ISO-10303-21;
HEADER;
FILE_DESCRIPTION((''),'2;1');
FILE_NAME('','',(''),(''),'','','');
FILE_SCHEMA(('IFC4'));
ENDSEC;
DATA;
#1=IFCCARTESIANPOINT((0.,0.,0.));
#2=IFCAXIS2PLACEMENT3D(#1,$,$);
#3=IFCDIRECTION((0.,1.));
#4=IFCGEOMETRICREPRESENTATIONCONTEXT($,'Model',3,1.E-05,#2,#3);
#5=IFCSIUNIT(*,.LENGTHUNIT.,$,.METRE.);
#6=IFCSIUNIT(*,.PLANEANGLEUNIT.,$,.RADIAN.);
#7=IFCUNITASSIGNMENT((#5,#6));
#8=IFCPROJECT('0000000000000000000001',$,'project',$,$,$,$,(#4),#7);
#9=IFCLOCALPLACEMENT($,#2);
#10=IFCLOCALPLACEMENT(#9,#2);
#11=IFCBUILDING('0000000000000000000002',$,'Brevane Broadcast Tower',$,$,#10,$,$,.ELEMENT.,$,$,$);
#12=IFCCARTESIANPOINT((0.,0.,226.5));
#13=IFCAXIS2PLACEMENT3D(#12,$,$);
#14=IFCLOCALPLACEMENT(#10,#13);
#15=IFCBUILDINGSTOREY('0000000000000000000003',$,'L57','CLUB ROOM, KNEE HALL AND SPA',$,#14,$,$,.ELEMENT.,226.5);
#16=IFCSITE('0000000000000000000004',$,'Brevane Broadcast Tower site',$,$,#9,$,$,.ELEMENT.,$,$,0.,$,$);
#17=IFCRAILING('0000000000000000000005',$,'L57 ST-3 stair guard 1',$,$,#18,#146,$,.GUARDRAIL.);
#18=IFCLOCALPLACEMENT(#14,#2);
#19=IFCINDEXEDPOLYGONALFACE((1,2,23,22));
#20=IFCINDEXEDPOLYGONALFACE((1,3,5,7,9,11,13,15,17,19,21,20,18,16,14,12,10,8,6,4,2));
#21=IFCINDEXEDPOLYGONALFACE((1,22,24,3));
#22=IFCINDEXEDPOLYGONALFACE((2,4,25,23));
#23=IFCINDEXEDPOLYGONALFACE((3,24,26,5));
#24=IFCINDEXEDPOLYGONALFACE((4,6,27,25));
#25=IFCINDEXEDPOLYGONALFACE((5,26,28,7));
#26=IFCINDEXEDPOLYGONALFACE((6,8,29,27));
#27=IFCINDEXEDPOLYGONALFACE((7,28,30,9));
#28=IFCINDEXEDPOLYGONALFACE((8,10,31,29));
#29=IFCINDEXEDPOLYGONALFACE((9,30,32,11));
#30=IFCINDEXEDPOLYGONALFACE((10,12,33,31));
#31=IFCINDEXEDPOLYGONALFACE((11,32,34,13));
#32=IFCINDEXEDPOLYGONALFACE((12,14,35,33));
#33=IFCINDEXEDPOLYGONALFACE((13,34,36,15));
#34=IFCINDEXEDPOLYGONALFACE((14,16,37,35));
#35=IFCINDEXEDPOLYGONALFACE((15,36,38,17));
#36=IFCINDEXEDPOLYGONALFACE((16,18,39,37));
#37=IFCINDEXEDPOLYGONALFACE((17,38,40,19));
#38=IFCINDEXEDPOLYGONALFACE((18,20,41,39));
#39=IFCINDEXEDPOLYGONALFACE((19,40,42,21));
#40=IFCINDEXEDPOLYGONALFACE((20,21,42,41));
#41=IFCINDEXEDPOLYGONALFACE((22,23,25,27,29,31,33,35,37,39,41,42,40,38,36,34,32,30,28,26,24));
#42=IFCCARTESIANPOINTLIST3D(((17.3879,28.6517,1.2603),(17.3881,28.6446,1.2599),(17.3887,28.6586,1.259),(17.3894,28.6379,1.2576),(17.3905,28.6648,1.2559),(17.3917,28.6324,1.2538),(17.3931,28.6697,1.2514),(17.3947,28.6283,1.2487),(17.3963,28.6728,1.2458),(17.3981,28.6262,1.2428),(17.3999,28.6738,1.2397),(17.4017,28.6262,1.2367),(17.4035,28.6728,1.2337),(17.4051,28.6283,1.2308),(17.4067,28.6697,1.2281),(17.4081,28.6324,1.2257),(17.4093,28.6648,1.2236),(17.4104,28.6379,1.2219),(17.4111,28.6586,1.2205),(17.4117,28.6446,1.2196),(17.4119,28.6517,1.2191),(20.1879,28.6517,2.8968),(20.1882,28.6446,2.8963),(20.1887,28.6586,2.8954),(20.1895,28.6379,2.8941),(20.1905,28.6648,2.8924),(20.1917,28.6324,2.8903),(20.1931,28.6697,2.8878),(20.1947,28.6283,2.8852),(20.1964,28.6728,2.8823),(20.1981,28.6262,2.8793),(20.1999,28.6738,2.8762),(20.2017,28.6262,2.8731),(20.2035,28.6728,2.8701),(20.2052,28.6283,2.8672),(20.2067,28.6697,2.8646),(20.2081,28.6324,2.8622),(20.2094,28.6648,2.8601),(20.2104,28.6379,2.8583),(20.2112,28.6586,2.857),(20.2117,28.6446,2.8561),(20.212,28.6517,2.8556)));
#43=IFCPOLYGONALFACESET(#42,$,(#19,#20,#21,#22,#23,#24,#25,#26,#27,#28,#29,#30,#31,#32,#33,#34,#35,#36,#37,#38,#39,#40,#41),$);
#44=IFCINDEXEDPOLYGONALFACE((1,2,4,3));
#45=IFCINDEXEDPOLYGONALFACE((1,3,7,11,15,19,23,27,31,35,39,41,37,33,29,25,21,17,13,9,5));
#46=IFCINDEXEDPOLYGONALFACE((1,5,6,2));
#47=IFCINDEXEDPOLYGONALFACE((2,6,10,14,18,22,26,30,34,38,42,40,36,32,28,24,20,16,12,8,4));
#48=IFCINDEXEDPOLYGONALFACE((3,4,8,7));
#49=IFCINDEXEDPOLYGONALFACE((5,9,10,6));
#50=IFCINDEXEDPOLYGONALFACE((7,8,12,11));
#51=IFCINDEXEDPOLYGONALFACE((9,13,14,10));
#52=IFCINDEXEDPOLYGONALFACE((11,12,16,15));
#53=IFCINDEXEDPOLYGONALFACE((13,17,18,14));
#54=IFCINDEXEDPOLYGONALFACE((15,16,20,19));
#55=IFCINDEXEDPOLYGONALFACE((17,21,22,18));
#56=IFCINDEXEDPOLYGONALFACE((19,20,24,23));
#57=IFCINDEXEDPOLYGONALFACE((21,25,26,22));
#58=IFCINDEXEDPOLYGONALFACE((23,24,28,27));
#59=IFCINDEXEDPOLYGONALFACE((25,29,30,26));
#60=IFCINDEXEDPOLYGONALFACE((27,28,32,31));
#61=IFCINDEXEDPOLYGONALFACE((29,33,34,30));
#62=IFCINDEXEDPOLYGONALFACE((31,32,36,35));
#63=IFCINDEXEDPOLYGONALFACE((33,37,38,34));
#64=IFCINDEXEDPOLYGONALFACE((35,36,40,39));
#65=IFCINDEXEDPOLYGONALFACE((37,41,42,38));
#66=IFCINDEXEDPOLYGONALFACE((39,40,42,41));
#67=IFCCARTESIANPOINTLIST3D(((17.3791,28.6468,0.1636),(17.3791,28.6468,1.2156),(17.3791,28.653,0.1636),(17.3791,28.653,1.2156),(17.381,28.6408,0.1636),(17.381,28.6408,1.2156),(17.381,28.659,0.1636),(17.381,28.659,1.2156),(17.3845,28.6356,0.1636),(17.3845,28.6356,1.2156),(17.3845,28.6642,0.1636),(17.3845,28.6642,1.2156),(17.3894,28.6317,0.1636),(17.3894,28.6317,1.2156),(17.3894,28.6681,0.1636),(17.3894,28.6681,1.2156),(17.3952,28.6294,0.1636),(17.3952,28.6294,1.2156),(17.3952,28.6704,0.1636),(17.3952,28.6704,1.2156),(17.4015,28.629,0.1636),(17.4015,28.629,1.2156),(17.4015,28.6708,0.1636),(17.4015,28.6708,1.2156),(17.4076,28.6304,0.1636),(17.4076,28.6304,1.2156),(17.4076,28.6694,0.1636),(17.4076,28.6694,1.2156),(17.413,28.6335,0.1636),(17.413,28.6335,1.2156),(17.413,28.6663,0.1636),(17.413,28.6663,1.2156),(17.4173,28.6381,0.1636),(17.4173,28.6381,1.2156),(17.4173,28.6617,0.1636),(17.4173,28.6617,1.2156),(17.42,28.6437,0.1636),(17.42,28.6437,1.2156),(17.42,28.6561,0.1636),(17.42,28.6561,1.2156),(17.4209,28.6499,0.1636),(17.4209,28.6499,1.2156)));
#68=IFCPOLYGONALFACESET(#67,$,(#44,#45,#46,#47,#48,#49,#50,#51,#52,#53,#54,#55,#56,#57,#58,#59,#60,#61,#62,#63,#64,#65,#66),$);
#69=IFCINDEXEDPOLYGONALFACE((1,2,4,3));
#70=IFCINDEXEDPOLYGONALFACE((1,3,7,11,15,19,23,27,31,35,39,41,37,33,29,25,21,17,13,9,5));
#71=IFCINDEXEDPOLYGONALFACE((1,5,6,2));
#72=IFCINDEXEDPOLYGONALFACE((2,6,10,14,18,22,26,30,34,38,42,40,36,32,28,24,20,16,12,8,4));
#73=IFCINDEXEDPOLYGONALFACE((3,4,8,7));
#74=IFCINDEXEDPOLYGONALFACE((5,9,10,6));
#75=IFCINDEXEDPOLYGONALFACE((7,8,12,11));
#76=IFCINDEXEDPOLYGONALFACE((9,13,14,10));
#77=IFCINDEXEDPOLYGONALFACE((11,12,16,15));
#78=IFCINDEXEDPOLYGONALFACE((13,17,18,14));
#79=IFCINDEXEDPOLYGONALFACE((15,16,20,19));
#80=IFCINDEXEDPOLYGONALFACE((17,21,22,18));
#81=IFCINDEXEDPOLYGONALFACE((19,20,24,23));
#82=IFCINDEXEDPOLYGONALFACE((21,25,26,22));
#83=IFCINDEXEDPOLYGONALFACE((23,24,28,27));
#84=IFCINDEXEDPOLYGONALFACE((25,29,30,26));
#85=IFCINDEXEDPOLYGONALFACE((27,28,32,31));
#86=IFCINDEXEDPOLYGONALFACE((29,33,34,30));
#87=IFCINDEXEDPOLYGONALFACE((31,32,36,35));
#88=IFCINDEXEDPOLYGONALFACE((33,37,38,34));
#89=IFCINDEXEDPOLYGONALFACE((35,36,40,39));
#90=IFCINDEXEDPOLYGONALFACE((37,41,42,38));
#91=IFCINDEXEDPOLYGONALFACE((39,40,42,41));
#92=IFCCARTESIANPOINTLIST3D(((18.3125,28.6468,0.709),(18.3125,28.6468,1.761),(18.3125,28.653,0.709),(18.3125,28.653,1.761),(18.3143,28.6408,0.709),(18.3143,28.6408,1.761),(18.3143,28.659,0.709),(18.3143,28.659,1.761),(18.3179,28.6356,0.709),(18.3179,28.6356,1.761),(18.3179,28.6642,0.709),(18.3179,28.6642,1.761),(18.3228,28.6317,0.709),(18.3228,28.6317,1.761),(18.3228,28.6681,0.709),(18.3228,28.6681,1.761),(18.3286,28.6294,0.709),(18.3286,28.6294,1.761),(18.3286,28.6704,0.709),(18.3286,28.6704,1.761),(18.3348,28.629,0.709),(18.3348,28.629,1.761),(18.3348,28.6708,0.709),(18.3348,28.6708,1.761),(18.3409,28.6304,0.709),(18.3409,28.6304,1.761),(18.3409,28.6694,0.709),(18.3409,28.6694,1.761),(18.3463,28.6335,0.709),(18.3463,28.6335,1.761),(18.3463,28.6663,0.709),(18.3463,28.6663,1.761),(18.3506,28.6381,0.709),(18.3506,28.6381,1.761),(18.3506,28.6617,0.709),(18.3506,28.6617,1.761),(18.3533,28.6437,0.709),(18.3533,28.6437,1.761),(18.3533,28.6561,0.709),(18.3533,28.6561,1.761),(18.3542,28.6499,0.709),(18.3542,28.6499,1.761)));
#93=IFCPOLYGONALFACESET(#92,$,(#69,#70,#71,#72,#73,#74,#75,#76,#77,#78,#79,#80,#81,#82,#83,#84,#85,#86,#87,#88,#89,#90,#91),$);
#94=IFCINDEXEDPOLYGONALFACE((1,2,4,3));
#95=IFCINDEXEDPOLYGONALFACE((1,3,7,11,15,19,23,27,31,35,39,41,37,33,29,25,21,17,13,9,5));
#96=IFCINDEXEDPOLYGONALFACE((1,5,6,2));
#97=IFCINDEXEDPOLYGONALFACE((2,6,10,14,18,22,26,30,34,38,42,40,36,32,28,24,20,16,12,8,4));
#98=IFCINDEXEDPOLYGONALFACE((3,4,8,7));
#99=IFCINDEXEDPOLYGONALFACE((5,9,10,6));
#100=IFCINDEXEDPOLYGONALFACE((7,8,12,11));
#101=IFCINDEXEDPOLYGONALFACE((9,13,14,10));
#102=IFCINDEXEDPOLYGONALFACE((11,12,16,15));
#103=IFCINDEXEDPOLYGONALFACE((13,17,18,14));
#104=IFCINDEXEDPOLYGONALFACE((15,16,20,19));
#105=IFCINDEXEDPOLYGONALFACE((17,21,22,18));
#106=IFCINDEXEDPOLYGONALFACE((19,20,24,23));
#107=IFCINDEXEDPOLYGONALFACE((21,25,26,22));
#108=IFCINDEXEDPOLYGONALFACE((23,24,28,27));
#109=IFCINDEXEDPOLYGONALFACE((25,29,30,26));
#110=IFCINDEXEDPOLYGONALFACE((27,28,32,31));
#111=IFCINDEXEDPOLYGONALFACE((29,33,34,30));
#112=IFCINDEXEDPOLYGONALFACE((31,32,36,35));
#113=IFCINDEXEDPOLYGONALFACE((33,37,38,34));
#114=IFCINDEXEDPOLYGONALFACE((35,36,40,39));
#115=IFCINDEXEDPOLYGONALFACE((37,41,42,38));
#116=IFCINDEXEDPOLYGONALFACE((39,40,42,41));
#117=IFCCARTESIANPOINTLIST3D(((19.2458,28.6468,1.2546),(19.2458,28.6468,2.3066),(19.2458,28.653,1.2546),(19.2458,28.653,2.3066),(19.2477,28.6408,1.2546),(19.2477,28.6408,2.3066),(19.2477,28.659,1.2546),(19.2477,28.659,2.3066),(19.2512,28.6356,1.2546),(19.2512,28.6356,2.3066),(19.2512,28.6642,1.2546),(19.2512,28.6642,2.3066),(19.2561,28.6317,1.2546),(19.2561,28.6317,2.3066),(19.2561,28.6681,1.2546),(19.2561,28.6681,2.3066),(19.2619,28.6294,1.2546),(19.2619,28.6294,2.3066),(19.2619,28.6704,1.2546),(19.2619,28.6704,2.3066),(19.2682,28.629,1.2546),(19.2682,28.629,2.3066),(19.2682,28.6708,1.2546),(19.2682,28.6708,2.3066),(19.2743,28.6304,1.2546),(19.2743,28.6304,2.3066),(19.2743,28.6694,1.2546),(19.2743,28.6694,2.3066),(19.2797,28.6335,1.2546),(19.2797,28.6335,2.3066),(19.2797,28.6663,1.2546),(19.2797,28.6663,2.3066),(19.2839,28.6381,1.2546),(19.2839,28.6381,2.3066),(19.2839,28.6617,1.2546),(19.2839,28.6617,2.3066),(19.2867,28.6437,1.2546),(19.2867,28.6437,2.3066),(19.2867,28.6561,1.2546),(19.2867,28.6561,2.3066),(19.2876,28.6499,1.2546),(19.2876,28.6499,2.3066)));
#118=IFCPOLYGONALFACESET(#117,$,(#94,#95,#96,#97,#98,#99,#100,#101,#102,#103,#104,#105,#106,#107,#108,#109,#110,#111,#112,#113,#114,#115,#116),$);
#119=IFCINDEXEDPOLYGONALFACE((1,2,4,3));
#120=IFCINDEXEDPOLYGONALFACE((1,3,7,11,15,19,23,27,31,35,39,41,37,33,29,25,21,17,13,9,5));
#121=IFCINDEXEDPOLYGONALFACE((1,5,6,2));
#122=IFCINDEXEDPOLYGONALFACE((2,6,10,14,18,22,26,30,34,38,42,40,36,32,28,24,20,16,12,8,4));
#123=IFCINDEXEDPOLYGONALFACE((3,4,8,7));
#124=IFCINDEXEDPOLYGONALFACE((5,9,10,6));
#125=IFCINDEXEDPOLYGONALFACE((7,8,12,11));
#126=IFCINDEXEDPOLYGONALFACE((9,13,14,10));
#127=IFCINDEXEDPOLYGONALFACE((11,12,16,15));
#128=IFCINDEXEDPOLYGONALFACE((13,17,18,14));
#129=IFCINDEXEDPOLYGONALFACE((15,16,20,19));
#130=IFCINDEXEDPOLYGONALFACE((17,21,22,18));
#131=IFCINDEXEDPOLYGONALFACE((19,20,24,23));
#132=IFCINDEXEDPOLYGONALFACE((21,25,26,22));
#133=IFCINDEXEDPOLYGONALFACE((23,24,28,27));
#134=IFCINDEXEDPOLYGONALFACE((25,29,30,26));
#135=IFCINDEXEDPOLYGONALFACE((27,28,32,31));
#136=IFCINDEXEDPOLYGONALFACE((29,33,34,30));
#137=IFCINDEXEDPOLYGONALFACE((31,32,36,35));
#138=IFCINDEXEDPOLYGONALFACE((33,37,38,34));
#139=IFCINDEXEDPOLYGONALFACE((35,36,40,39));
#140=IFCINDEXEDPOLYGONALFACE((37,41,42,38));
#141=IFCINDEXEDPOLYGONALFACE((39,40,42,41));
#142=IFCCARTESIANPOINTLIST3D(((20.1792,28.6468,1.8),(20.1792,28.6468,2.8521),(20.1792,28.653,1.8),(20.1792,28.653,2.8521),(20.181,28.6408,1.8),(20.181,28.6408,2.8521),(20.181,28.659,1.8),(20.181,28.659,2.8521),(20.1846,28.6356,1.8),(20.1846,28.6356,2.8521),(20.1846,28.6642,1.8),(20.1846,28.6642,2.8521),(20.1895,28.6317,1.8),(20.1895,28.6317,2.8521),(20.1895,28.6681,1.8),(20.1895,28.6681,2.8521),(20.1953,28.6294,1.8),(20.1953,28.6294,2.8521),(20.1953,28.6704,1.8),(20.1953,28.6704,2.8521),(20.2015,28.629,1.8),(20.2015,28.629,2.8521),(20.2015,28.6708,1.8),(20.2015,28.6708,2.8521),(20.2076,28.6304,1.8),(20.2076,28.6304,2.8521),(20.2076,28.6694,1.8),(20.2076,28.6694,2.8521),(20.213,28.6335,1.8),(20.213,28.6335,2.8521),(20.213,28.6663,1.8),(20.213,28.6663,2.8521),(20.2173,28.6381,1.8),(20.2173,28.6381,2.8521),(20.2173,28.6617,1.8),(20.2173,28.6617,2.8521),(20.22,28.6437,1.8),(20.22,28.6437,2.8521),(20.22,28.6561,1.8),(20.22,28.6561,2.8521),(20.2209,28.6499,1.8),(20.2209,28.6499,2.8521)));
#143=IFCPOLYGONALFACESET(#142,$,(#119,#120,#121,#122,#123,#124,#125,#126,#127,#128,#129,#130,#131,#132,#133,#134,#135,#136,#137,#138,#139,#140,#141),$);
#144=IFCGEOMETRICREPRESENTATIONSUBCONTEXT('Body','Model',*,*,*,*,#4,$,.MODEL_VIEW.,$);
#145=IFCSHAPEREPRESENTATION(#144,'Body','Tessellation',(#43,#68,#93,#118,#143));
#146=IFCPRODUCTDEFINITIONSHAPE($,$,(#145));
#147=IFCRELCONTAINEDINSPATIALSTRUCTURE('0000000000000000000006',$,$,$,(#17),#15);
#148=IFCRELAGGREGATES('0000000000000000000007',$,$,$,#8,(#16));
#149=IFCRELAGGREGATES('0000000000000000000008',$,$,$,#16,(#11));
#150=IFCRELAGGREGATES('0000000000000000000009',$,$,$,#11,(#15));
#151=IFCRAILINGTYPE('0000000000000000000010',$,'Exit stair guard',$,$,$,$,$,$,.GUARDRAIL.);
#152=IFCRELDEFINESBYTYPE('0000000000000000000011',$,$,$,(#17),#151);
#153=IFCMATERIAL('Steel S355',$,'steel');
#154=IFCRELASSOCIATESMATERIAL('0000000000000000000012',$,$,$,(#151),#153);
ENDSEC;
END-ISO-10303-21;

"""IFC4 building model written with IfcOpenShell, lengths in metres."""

from ifc_helpers import new_model, si_unit, direction, frame, origin, origin_2d, place, context, subcontext, project, spatial, circle, extrude, material, type_object, element, save


model = new_model("IFC4")

# Units and contexts
model_context = context("Model", 3, precision=1e-05, world=origin(), true_north=direction((0.0, 1.0)))
body_context = subcontext(model_context, "Body", "Model", "MODEL_VIEW")
ifc_project = project(units=[si_unit("LENGTHUNIT", "METRE"), si_unit("PLANEANGLEUNIT", "RADIAN")], contexts=[model_context])

# Site, building, storey
site_placement = place(None, origin())
site = spatial("IfcSite", under=ifc_project, at=site_placement, Name="Brevane Broadcast Tower site", CompositionType="ELEMENT", RefElevation=0.0)
building_placement = place(site_placement, origin())
building = spatial("IfcBuilding", under=site, at=building_placement, Name="Brevane Broadcast Tower", CompositionType="ELEMENT")
storey_placement = place(building_placement, frame((0.0, 0.0, 226.5)))
storey = spatial("IfcBuildingStorey", under=building, at=storey_placement, Name="L57", Description="CLUB ROOM, KNEE HALL AND SPA", CompositionType="ELEMENT", Elevation=226.5)

# Railing
ifc_material_1 = material(Name="Steel S355", Category="steel")
railing_type_1 = type_object("IfcRailingType", Name="Exit stair guard", PredefinedType="GUARDRAIL", material=ifc_material_1)
railing_1_placement = place(storey_placement, frame((17.3999, 28.6499, 0.1636)))
element("IfcRailing", 1, at=railing_1_placement, inside=storey, type_object=railing_type_1, Name="L57 ST-3 stair guard 1", PredefinedType="GUARDRAIL", context=body_context, shape_type="SweptSolid", body=[
    extrude(circle(Radius=0.0239, at=origin_2d()), frame((0.0, 0.0, 1.0762), z_axis=(0.863361, 0.0, 0.504587), x_axis=(0.0, 1.0, 0.0)), (0.0, 0.0, 1.0), 3.2432),
    extrude(circle(Radius=0.021, at=origin_2d()), origin(), (0.0, 0.0, 1.0), 1.052),
    extrude(circle(Radius=0.021, at=origin_2d()), frame((0.9333, 0.0, 0.5454)), (0.0, 0.0, 1.0), 1.052),
    extrude(circle(Radius=0.021, at=origin_2d()), frame((1.8667, 0.0, 1.0911)), (0.0, 0.0, 1.0), 1.052),
    extrude(circle(Radius=0.021, at=origin_2d()), frame((2.8, 0.0, 1.6365)), (0.0, 0.0, 1.0), 1.052),
])

save(model, "model.ifc")
